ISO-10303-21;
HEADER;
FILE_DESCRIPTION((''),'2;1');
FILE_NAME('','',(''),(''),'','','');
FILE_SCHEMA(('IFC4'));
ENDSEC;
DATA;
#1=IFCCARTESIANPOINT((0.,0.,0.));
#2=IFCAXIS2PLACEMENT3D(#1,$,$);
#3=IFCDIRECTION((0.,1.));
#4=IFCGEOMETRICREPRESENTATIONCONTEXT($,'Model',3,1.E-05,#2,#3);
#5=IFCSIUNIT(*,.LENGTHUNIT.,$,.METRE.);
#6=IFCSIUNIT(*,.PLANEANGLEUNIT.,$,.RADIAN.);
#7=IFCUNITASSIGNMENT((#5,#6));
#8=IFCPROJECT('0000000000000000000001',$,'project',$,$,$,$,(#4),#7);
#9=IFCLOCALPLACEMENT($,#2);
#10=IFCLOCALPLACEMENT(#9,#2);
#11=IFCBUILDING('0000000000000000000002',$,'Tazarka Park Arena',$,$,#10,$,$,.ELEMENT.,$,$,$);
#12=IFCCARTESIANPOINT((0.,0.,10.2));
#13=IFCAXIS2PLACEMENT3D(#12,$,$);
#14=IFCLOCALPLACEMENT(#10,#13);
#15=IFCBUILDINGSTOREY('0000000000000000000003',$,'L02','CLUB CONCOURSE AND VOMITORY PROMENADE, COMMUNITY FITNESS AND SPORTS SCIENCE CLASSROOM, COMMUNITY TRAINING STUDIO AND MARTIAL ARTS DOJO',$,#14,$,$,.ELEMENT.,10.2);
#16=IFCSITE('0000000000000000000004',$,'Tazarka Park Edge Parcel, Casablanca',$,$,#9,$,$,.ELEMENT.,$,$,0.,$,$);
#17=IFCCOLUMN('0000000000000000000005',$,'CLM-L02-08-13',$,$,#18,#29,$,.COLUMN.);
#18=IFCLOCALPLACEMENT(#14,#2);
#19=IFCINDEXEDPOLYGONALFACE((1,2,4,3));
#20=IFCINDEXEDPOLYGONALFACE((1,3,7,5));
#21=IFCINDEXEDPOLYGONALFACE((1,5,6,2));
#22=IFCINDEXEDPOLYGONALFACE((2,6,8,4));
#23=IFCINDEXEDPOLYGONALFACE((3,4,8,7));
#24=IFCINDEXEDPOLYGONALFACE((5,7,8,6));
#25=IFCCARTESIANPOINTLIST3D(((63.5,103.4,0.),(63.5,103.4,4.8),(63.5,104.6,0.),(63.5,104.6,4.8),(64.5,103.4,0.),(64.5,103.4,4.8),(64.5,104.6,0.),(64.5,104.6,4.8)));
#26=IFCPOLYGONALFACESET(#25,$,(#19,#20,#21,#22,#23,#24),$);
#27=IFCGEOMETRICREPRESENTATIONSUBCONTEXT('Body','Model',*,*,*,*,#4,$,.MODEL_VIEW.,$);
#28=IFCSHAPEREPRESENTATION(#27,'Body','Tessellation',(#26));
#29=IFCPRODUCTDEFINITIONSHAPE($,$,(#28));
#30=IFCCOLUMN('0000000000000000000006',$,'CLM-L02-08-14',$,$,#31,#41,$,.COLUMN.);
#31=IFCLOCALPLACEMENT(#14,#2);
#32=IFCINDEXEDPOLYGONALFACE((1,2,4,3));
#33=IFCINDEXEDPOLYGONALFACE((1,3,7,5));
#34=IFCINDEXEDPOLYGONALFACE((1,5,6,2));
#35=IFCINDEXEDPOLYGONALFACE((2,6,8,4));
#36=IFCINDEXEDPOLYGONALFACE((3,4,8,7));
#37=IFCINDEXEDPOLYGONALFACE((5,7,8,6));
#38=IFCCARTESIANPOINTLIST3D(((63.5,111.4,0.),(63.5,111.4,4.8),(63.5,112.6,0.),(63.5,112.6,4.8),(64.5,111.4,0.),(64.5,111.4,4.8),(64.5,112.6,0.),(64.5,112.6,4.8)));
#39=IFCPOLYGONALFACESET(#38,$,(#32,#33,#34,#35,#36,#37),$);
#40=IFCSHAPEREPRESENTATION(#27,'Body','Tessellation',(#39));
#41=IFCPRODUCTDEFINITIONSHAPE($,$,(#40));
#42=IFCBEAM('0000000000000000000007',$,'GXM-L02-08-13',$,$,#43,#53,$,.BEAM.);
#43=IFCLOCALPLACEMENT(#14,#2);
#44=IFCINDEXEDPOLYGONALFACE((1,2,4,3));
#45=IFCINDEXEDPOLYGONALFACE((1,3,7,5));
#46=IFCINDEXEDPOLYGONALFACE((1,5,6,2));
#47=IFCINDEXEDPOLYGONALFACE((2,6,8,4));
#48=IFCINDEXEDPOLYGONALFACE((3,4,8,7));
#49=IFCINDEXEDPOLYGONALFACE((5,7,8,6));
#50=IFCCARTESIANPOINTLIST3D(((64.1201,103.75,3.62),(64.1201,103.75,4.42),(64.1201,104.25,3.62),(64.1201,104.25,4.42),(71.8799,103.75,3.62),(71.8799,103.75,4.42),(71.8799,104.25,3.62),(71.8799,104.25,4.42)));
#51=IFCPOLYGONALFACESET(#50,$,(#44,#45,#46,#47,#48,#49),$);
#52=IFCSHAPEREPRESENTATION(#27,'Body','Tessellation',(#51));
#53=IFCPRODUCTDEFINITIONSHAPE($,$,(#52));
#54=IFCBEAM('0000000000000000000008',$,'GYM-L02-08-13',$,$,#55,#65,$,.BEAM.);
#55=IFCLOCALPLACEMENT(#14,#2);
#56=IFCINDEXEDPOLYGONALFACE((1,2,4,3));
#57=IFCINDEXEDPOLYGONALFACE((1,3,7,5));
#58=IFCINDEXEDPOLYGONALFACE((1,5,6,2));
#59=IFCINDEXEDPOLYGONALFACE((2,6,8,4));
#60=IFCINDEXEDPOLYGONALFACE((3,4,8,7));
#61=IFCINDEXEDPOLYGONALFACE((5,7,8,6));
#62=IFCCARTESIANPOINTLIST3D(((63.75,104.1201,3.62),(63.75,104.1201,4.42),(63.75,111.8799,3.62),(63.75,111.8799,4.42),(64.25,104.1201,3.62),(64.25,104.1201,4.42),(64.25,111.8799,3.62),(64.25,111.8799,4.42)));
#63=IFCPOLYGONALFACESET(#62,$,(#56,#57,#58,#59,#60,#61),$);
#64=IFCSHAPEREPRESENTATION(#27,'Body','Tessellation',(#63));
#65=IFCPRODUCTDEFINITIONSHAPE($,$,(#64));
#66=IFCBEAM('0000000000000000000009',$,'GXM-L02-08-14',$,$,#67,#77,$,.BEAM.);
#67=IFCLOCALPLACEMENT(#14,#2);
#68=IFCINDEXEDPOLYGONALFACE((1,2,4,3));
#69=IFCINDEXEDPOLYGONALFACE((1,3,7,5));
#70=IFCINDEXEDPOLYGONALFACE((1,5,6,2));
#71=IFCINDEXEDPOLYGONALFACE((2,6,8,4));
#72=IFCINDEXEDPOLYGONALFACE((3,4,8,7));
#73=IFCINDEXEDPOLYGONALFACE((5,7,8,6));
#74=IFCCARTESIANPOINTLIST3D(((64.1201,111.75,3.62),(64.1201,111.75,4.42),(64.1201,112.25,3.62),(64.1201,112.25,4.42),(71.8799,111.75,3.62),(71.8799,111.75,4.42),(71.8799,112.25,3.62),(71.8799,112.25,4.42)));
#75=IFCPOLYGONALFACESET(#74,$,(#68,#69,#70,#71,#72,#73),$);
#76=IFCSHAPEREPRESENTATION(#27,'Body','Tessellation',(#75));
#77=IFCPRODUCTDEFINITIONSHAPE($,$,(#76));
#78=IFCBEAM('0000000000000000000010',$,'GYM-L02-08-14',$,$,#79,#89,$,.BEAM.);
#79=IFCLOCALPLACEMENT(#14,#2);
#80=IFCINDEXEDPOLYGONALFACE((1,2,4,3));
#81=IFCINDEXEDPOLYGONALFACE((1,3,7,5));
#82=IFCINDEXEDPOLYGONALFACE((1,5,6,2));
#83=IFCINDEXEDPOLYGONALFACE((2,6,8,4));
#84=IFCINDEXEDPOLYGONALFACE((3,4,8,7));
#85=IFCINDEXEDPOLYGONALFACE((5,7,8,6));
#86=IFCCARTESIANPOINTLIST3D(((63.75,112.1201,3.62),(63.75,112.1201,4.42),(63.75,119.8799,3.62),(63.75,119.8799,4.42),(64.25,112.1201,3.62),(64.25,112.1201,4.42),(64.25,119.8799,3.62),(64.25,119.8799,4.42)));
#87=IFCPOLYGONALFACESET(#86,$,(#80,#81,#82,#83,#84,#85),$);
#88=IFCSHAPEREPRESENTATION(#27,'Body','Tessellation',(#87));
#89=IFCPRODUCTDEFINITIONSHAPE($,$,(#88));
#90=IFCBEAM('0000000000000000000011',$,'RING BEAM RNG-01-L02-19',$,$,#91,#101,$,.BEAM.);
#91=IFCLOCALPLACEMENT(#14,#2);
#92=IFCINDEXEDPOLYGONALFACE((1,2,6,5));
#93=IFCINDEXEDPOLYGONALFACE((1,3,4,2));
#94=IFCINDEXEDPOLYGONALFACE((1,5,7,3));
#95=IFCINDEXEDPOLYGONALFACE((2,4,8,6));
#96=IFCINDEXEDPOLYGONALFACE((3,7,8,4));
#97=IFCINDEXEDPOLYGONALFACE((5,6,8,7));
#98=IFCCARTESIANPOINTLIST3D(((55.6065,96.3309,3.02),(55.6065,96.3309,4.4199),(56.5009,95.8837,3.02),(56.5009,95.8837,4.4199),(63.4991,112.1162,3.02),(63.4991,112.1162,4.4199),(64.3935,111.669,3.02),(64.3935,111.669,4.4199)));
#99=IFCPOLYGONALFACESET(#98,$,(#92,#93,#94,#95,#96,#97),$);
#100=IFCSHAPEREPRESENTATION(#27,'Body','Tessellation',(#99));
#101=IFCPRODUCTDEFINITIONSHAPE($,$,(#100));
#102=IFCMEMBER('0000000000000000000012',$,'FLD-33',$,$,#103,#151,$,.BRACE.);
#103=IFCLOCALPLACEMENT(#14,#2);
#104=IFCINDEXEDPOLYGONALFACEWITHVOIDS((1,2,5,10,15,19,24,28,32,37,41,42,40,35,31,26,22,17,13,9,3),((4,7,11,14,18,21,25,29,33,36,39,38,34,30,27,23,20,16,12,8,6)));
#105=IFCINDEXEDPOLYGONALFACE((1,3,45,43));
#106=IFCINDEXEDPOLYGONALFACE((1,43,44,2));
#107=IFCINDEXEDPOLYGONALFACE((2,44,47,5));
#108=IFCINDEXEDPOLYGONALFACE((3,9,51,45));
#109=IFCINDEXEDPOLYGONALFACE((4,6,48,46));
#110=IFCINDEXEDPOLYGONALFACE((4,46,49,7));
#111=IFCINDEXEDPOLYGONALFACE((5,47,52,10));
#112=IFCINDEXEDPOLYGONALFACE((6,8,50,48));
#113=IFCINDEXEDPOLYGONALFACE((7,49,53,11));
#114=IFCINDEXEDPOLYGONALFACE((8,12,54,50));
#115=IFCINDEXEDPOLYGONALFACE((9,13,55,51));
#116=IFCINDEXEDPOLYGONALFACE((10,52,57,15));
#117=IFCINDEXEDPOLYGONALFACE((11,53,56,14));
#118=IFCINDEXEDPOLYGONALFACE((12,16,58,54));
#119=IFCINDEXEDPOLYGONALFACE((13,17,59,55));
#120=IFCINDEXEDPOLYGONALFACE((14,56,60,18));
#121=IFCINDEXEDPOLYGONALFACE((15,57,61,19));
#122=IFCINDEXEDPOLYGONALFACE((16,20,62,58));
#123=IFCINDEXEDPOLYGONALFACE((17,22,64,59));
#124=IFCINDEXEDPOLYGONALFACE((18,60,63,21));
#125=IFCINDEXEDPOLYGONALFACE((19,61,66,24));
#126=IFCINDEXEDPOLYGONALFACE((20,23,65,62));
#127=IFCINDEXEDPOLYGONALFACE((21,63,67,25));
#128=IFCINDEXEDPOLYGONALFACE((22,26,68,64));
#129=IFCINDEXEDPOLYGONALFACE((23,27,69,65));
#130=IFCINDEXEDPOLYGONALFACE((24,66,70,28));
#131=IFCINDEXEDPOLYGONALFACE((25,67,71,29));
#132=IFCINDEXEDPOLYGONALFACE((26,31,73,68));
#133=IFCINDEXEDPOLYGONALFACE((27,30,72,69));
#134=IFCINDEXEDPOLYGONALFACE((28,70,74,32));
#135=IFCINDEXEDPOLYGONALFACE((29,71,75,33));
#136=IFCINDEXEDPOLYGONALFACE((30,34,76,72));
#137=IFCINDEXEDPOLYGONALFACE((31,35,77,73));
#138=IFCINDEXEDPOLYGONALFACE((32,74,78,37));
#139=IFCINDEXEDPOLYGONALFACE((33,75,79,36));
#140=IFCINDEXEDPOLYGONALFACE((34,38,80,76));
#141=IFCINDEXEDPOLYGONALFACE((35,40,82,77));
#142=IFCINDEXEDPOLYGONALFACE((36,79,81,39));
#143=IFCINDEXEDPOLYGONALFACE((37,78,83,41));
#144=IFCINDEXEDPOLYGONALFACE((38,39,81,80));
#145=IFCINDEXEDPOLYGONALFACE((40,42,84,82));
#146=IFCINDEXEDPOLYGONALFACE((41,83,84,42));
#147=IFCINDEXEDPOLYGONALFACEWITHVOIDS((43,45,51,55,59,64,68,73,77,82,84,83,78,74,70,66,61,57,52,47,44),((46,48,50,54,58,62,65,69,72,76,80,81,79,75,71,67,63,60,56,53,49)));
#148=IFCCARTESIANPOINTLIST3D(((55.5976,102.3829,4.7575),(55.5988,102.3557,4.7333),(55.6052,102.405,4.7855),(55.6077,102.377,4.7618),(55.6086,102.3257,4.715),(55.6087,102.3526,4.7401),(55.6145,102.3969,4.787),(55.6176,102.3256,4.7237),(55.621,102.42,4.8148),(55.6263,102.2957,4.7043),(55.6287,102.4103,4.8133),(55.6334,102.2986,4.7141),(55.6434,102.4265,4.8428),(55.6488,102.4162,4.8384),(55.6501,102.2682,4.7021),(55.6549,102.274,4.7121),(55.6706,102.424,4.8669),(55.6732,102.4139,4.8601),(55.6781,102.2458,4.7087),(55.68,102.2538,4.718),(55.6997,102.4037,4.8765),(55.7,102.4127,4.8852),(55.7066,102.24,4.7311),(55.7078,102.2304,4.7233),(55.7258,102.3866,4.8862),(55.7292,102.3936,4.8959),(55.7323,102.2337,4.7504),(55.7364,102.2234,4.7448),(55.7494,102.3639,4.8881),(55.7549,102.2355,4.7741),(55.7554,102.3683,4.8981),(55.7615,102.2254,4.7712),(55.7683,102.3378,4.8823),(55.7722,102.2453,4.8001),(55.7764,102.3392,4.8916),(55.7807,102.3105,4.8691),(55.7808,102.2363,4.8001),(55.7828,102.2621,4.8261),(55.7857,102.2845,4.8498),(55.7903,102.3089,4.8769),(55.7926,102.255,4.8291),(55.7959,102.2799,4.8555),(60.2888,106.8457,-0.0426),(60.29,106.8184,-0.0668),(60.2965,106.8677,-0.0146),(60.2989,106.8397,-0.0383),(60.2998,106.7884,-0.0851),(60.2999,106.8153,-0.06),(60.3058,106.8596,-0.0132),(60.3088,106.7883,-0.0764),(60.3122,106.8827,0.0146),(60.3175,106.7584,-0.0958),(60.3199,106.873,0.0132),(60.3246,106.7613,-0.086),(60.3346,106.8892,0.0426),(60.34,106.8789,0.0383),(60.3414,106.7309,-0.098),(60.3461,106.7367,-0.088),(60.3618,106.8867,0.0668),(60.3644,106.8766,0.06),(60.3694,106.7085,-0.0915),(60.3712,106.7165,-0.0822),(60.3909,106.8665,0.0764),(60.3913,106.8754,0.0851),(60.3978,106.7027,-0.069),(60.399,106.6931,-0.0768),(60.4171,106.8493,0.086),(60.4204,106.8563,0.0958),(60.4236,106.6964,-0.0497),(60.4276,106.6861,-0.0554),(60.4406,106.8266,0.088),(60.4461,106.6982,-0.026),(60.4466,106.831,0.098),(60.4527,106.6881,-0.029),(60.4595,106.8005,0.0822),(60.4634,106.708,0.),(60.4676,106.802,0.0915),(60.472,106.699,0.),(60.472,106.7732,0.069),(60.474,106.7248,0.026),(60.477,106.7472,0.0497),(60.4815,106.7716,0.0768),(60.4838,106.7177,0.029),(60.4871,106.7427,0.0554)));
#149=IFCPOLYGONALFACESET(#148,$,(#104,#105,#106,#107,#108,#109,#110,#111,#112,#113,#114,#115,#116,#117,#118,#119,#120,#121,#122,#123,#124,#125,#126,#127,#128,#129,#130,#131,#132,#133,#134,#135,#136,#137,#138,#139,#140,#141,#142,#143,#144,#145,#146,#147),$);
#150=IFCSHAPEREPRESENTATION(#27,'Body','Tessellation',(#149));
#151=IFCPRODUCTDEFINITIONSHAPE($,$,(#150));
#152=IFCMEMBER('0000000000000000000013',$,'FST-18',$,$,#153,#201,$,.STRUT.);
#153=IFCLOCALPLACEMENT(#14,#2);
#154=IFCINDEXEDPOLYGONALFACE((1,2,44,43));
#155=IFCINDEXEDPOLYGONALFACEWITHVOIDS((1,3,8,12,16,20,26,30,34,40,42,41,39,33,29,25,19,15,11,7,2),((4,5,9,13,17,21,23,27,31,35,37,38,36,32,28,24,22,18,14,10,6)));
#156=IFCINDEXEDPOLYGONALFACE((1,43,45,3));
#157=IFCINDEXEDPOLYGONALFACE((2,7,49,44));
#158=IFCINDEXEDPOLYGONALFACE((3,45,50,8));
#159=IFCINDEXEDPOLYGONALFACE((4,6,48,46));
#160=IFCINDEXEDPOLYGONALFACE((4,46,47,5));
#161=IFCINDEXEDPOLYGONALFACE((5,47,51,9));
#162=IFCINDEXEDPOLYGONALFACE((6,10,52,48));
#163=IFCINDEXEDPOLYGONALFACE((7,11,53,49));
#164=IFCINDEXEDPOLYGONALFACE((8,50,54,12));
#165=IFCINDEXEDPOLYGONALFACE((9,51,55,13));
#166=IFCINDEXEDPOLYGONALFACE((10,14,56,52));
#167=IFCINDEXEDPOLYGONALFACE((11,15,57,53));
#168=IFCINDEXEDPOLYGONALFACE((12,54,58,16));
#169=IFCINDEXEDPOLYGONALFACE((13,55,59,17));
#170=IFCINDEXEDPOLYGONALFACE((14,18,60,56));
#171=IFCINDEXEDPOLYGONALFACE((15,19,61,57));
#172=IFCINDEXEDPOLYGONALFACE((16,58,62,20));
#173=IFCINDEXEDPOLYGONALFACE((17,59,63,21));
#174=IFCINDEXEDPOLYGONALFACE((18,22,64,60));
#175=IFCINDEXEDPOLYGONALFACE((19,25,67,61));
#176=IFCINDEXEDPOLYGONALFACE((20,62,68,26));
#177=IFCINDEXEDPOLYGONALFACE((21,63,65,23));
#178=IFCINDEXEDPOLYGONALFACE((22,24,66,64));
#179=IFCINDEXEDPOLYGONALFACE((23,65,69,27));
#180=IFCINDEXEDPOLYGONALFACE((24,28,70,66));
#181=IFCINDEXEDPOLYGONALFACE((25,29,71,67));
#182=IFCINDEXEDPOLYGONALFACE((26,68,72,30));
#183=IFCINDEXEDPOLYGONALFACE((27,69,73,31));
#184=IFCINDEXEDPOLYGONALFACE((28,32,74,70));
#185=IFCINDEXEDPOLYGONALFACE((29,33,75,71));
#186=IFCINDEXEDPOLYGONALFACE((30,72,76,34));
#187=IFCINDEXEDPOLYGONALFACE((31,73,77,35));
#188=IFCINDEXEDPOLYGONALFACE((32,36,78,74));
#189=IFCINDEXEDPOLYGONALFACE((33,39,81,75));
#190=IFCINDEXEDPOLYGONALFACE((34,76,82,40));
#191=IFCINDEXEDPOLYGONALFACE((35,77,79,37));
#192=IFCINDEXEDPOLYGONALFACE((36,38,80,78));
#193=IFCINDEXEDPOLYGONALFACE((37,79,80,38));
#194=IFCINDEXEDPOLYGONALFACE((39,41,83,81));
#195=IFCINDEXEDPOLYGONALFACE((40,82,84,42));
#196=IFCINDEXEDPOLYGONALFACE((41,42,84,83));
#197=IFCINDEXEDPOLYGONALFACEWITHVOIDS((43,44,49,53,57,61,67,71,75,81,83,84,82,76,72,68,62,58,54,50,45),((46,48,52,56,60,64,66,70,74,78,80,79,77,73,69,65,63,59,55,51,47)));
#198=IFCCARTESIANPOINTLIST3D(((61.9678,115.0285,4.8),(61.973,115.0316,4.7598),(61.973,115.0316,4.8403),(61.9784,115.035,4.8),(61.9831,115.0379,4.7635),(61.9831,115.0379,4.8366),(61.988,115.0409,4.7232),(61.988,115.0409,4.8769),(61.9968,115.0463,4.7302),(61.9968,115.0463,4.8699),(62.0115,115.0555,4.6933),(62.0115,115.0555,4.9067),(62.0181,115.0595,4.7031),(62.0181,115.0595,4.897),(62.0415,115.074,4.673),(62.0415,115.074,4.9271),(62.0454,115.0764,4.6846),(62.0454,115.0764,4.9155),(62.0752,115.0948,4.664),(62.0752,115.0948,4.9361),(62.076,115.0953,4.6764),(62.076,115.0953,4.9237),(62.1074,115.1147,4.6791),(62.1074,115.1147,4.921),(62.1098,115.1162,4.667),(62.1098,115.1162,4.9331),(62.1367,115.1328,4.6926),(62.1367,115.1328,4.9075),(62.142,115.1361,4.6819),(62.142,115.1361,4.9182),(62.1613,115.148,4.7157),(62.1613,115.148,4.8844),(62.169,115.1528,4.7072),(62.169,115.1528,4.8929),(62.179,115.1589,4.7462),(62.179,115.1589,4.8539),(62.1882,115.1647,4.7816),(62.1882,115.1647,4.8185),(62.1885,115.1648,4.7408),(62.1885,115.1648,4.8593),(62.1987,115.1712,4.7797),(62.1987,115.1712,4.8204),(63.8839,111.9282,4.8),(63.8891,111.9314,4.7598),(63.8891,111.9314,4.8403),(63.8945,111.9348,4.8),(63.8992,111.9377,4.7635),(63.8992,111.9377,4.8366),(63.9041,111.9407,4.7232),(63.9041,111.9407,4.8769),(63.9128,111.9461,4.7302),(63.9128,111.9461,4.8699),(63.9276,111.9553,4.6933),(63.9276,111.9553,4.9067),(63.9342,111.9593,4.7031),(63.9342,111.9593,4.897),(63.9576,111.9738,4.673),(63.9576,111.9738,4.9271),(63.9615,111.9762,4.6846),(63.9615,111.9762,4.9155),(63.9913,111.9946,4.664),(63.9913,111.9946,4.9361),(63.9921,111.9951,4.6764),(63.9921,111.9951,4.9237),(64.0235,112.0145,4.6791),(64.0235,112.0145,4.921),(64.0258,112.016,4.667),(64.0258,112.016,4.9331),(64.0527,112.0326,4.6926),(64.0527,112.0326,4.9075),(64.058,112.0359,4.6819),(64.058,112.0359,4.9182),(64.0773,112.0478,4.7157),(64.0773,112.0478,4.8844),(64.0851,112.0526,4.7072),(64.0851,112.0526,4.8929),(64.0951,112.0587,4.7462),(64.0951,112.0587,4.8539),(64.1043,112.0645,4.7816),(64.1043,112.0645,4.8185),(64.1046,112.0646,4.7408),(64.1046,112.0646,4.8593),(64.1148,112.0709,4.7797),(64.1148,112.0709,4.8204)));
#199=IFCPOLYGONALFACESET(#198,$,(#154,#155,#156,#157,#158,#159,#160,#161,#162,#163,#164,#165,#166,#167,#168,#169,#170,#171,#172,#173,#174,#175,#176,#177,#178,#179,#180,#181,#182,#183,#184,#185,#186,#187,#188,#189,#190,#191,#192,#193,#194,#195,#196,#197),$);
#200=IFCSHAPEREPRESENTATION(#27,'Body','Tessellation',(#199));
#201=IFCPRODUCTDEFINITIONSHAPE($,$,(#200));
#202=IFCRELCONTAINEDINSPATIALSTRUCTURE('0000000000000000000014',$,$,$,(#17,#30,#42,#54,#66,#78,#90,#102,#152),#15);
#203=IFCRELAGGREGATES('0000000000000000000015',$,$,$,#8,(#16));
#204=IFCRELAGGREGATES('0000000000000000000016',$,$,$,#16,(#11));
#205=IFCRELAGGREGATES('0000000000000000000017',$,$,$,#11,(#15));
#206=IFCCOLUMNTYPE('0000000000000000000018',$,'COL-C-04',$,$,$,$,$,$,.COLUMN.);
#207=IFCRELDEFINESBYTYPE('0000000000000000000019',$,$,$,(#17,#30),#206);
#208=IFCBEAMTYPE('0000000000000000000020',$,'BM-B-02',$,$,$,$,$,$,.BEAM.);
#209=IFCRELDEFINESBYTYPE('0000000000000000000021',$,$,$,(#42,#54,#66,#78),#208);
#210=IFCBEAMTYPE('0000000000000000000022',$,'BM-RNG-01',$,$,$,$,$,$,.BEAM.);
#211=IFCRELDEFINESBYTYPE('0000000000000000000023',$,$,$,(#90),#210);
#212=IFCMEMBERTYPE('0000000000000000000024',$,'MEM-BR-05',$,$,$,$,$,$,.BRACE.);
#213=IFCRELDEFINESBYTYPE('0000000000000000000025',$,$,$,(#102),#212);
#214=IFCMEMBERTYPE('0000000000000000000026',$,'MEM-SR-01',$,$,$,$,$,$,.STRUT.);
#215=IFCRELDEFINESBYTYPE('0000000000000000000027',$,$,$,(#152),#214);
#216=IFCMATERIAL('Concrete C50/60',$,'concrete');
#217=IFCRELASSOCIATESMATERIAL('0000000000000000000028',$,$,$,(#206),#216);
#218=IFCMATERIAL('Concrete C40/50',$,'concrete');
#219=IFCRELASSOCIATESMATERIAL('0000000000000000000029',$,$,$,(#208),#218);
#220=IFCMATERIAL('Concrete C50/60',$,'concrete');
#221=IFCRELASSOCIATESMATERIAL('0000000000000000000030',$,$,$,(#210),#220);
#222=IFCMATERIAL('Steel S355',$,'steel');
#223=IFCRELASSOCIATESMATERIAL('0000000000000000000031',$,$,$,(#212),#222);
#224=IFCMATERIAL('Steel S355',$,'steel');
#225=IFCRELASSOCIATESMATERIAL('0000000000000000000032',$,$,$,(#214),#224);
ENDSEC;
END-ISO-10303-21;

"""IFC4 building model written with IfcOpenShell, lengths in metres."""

from ifc_helpers import new_model, si_unit, direction, frame, origin, origin_2d, place, context, subcontext, project, spatial, rectangle, hollow_circle, extrude, material, material_profile, profile_set, type_object, element, save


model = new_model("IFC4")

# Units and contexts
model_context = context("Model", 3, precision=1e-05, world=origin(), true_north=direction((0.0, 1.0)))
body_context = subcontext(model_context, "Body", "Model", "MODEL_VIEW")
ifc_project = project(units=[si_unit("LENGTHUNIT", "METRE"), si_unit("PLANEANGLEUNIT", "RADIAN")], contexts=[model_context])

# Site, building, storey
site_placement = place(None, origin())
site = spatial("IfcSite", under=ifc_project, at=site_placement, Name="Tazarka Park Edge Parcel, Casablanca", CompositionType="ELEMENT", RefElevation=0.0)
building_placement = place(site_placement, origin())
building = spatial("IfcBuilding", under=site, at=building_placement, Name="Tazarka Park Arena", CompositionType="ELEMENT")
storey_placement = place(building_placement, frame((0.0, 0.0, 10.2)))
storey = spatial("IfcBuildingStorey", under=building, at=storey_placement, Name="L02", Description="CLUB CONCOURSE AND VOMITORY PROMENADE, COMMUNITY FITNESS AND SPORTS SCIENCE CLASSROOM, COMMUNITY TRAINING STUDIO AND MARTIAL ARTS DOJO", CompositionType="ELEMENT", Elevation=10.2)

# Columns
ifc_material_1 = material(Name="Concrete C50/60", Category="concrete")
ifc_material_profile_1 = material_profile(ifc_material_1, rectangle(XDim=1.0, YDim=1.2, at=origin_2d()), Name="Concrete C50/60")
ifc_profile_set_1 = profile_set([ifc_material_profile_1], Name="Concrete C50/60")
column_type = type_object("IfcColumnType", Name="COL-C-04", PredefinedType="COLUMN", material=ifc_profile_set_1)
for number, where, z_axis, x_axis, name in (
    (1, (64.0, 104.0, 0.0), (0.0, 0.0, 1.0), (1.0, 0.0, 0.0), "CLM-L02-08-13"),
    (2, (64.0, 112.0, 0.0), (0.0, 0.0, 1.0), (1.0, 0.0, 0.0), "CLM-L02-08-14"),
):
    element("IfcColumn", number, at=place(storey_placement, frame(where, z_axis=z_axis, x_axis=x_axis)), inside=storey, type_object=column_type, Name=name, PredefinedType="COLUMN", context=body_context, shape_type="SweptSolid", body=[
        extrude(rectangle(XDim=1.0, YDim=1.2, at=origin_2d()), origin(), (0.0, 0.0, 1.0), 4.8),
    ])

# Beams
ifc_material_2 = material(Name="Concrete C40/50", Category="concrete")
ifc_material_profile_2 = material_profile(ifc_material_2, rectangle(XDim=0.5, YDim=0.8, at=origin_2d()), Name="Concrete C40/50")
ifc_profile_set_2 = profile_set([ifc_material_profile_2], Name="Concrete C40/50")
beam_type_1 = type_object("IfcBeamType", Name="BM-B-02", PredefinedType="BEAM", material=ifc_profile_set_2)
for number, where, z_axis, x_axis, name in (
    (3, (64.1201, 104.0, 4.02), (1.0, 0.0, 0.0), (0.0, 1.0, 0.0), "GXM-L02-08-13"),
    (4, (64.0, 104.1201, 4.02), (0.0, 1.0, 0.0), (-1.0, 0.0, 0.0), "GYM-L02-08-13"),
    (5, (64.1201, 112.0, 4.02), (1.0, 0.0, 0.0), (0.0, 1.0, 0.0), "GXM-L02-08-14"),
    (6, (64.0, 112.1201, 4.02), (0.0, 1.0, 0.0), (-1.0, 0.0, 0.0), "GYM-L02-08-14"),
):
    element("IfcBeam", number, at=place(storey_placement, frame(where, z_axis=z_axis, x_axis=x_axis)), inside=storey, type_object=beam_type_1, Name=name, PredefinedType="BEAM", context=body_context, shape_type="SweptSolid", body=[
        extrude(rectangle(XDim=0.5, YDim=0.8, at=origin_2d()), origin(), (0.0, 0.0, 1.0), 7.7598),
    ])
ifc_material_3 = material(Name="Concrete C50/60", Category="concrete")
ifc_material_profile_3 = material_profile(ifc_material_3, rectangle(XDim=1.0, YDim=1.3999, at=origin_2d()), Name="Concrete C50/60")
ifc_profile_set_3 = profile_set([ifc_material_profile_3], Name="Concrete C50/60")
beam_type_2 = type_object("IfcBeamType", Name="BM-RNG-01", PredefinedType="BEAM", material=ifc_profile_set_3)
beam_placement = place(storey_placement, frame((63.9463, 111.8926, 3.72), z_axis=(-0.447214, -0.894427, 0.0), x_axis=(0.894427, -0.447214, 0.0)))
element("IfcBeam", 7, at=beam_placement, inside=storey, type_object=beam_type_2, Name="RING BEAM RNG-01-L02-19", PredefinedType="BEAM", context=body_context, shape_type="SweptSolid", body=[
    extrude(rectangle(XDim=1.0, YDim=1.3999, at=origin_2d()), origin(), (0.0, 0.0, 1.0), 17.6484),
])

# Members
ifc_material_4 = material(Name="Steel S355", Category="steel")
ifc_material_profile_4 = material_profile(ifc_material_4, hollow_circle(Radius=0.1223, WallThickness=0.0125, at=origin_2d()), Name="Steel S355")
ifc_profile_set_4 = profile_set([ifc_material_profile_4], Name="Steel S355")
member_type_1 = type_object("IfcMemberType", Name="MEM-BR-05", PredefinedType="BRACE", material=ifc_profile_set_4)
member_1_placement = place(storey_placement, frame((60.3877, 106.7876, 0.0), z_axis=(-0.582034, -0.553682, 0.595544), x_axis=(0.68924, -0.724533, 0.0)))
element("IfcMember", 8, at=member_1_placement, inside=storey, type_object=member_type_1, Name="FLD-33", PredefinedType="BRACE", context=body_context, shape_type="SweptSolid", body=[
    extrude(hollow_circle(Radius=0.1223, WallThickness=0.0125, at=origin_2d()), origin(), (0.0, 0.0, 1.0), 8.0601),
])
ifc_material_5 = material(Name="Steel S355", Category="steel")
ifc_material_profile_5 = material_profile(ifc_material_5, hollow_circle(Radius=0.1365, WallThickness=0.0125, at=origin_2d()), Name="Steel S355")
ifc_profile_set_5 = profile_set([ifc_material_profile_5], Name="Steel S355")
member_type_2 = type_object("IfcMemberType", Name="MEM-SR-01", PredefinedType="STRUT", material=ifc_profile_set_5)
member_2_placement = place(storey_placement, frame((64.0, 112.0, 4.8), z_axis=(-0.525741, 0.850645, 0.0), x_axis=(-0.850645, -0.525741, 0.0)))
element("IfcMember", 9, at=member_2_placement, inside=storey, type_object=member_type_2, Name="FST-18", PredefinedType="STRUT", context=body_context, shape_type="SweptSolid", body=[
    extrude(hollow_circle(Radius=0.1365, WallThickness=0.0125, at=origin_2d()), origin(), (0.0, 0.0, 1.0), 3.6445),
])

save(model, "model.ifc")
